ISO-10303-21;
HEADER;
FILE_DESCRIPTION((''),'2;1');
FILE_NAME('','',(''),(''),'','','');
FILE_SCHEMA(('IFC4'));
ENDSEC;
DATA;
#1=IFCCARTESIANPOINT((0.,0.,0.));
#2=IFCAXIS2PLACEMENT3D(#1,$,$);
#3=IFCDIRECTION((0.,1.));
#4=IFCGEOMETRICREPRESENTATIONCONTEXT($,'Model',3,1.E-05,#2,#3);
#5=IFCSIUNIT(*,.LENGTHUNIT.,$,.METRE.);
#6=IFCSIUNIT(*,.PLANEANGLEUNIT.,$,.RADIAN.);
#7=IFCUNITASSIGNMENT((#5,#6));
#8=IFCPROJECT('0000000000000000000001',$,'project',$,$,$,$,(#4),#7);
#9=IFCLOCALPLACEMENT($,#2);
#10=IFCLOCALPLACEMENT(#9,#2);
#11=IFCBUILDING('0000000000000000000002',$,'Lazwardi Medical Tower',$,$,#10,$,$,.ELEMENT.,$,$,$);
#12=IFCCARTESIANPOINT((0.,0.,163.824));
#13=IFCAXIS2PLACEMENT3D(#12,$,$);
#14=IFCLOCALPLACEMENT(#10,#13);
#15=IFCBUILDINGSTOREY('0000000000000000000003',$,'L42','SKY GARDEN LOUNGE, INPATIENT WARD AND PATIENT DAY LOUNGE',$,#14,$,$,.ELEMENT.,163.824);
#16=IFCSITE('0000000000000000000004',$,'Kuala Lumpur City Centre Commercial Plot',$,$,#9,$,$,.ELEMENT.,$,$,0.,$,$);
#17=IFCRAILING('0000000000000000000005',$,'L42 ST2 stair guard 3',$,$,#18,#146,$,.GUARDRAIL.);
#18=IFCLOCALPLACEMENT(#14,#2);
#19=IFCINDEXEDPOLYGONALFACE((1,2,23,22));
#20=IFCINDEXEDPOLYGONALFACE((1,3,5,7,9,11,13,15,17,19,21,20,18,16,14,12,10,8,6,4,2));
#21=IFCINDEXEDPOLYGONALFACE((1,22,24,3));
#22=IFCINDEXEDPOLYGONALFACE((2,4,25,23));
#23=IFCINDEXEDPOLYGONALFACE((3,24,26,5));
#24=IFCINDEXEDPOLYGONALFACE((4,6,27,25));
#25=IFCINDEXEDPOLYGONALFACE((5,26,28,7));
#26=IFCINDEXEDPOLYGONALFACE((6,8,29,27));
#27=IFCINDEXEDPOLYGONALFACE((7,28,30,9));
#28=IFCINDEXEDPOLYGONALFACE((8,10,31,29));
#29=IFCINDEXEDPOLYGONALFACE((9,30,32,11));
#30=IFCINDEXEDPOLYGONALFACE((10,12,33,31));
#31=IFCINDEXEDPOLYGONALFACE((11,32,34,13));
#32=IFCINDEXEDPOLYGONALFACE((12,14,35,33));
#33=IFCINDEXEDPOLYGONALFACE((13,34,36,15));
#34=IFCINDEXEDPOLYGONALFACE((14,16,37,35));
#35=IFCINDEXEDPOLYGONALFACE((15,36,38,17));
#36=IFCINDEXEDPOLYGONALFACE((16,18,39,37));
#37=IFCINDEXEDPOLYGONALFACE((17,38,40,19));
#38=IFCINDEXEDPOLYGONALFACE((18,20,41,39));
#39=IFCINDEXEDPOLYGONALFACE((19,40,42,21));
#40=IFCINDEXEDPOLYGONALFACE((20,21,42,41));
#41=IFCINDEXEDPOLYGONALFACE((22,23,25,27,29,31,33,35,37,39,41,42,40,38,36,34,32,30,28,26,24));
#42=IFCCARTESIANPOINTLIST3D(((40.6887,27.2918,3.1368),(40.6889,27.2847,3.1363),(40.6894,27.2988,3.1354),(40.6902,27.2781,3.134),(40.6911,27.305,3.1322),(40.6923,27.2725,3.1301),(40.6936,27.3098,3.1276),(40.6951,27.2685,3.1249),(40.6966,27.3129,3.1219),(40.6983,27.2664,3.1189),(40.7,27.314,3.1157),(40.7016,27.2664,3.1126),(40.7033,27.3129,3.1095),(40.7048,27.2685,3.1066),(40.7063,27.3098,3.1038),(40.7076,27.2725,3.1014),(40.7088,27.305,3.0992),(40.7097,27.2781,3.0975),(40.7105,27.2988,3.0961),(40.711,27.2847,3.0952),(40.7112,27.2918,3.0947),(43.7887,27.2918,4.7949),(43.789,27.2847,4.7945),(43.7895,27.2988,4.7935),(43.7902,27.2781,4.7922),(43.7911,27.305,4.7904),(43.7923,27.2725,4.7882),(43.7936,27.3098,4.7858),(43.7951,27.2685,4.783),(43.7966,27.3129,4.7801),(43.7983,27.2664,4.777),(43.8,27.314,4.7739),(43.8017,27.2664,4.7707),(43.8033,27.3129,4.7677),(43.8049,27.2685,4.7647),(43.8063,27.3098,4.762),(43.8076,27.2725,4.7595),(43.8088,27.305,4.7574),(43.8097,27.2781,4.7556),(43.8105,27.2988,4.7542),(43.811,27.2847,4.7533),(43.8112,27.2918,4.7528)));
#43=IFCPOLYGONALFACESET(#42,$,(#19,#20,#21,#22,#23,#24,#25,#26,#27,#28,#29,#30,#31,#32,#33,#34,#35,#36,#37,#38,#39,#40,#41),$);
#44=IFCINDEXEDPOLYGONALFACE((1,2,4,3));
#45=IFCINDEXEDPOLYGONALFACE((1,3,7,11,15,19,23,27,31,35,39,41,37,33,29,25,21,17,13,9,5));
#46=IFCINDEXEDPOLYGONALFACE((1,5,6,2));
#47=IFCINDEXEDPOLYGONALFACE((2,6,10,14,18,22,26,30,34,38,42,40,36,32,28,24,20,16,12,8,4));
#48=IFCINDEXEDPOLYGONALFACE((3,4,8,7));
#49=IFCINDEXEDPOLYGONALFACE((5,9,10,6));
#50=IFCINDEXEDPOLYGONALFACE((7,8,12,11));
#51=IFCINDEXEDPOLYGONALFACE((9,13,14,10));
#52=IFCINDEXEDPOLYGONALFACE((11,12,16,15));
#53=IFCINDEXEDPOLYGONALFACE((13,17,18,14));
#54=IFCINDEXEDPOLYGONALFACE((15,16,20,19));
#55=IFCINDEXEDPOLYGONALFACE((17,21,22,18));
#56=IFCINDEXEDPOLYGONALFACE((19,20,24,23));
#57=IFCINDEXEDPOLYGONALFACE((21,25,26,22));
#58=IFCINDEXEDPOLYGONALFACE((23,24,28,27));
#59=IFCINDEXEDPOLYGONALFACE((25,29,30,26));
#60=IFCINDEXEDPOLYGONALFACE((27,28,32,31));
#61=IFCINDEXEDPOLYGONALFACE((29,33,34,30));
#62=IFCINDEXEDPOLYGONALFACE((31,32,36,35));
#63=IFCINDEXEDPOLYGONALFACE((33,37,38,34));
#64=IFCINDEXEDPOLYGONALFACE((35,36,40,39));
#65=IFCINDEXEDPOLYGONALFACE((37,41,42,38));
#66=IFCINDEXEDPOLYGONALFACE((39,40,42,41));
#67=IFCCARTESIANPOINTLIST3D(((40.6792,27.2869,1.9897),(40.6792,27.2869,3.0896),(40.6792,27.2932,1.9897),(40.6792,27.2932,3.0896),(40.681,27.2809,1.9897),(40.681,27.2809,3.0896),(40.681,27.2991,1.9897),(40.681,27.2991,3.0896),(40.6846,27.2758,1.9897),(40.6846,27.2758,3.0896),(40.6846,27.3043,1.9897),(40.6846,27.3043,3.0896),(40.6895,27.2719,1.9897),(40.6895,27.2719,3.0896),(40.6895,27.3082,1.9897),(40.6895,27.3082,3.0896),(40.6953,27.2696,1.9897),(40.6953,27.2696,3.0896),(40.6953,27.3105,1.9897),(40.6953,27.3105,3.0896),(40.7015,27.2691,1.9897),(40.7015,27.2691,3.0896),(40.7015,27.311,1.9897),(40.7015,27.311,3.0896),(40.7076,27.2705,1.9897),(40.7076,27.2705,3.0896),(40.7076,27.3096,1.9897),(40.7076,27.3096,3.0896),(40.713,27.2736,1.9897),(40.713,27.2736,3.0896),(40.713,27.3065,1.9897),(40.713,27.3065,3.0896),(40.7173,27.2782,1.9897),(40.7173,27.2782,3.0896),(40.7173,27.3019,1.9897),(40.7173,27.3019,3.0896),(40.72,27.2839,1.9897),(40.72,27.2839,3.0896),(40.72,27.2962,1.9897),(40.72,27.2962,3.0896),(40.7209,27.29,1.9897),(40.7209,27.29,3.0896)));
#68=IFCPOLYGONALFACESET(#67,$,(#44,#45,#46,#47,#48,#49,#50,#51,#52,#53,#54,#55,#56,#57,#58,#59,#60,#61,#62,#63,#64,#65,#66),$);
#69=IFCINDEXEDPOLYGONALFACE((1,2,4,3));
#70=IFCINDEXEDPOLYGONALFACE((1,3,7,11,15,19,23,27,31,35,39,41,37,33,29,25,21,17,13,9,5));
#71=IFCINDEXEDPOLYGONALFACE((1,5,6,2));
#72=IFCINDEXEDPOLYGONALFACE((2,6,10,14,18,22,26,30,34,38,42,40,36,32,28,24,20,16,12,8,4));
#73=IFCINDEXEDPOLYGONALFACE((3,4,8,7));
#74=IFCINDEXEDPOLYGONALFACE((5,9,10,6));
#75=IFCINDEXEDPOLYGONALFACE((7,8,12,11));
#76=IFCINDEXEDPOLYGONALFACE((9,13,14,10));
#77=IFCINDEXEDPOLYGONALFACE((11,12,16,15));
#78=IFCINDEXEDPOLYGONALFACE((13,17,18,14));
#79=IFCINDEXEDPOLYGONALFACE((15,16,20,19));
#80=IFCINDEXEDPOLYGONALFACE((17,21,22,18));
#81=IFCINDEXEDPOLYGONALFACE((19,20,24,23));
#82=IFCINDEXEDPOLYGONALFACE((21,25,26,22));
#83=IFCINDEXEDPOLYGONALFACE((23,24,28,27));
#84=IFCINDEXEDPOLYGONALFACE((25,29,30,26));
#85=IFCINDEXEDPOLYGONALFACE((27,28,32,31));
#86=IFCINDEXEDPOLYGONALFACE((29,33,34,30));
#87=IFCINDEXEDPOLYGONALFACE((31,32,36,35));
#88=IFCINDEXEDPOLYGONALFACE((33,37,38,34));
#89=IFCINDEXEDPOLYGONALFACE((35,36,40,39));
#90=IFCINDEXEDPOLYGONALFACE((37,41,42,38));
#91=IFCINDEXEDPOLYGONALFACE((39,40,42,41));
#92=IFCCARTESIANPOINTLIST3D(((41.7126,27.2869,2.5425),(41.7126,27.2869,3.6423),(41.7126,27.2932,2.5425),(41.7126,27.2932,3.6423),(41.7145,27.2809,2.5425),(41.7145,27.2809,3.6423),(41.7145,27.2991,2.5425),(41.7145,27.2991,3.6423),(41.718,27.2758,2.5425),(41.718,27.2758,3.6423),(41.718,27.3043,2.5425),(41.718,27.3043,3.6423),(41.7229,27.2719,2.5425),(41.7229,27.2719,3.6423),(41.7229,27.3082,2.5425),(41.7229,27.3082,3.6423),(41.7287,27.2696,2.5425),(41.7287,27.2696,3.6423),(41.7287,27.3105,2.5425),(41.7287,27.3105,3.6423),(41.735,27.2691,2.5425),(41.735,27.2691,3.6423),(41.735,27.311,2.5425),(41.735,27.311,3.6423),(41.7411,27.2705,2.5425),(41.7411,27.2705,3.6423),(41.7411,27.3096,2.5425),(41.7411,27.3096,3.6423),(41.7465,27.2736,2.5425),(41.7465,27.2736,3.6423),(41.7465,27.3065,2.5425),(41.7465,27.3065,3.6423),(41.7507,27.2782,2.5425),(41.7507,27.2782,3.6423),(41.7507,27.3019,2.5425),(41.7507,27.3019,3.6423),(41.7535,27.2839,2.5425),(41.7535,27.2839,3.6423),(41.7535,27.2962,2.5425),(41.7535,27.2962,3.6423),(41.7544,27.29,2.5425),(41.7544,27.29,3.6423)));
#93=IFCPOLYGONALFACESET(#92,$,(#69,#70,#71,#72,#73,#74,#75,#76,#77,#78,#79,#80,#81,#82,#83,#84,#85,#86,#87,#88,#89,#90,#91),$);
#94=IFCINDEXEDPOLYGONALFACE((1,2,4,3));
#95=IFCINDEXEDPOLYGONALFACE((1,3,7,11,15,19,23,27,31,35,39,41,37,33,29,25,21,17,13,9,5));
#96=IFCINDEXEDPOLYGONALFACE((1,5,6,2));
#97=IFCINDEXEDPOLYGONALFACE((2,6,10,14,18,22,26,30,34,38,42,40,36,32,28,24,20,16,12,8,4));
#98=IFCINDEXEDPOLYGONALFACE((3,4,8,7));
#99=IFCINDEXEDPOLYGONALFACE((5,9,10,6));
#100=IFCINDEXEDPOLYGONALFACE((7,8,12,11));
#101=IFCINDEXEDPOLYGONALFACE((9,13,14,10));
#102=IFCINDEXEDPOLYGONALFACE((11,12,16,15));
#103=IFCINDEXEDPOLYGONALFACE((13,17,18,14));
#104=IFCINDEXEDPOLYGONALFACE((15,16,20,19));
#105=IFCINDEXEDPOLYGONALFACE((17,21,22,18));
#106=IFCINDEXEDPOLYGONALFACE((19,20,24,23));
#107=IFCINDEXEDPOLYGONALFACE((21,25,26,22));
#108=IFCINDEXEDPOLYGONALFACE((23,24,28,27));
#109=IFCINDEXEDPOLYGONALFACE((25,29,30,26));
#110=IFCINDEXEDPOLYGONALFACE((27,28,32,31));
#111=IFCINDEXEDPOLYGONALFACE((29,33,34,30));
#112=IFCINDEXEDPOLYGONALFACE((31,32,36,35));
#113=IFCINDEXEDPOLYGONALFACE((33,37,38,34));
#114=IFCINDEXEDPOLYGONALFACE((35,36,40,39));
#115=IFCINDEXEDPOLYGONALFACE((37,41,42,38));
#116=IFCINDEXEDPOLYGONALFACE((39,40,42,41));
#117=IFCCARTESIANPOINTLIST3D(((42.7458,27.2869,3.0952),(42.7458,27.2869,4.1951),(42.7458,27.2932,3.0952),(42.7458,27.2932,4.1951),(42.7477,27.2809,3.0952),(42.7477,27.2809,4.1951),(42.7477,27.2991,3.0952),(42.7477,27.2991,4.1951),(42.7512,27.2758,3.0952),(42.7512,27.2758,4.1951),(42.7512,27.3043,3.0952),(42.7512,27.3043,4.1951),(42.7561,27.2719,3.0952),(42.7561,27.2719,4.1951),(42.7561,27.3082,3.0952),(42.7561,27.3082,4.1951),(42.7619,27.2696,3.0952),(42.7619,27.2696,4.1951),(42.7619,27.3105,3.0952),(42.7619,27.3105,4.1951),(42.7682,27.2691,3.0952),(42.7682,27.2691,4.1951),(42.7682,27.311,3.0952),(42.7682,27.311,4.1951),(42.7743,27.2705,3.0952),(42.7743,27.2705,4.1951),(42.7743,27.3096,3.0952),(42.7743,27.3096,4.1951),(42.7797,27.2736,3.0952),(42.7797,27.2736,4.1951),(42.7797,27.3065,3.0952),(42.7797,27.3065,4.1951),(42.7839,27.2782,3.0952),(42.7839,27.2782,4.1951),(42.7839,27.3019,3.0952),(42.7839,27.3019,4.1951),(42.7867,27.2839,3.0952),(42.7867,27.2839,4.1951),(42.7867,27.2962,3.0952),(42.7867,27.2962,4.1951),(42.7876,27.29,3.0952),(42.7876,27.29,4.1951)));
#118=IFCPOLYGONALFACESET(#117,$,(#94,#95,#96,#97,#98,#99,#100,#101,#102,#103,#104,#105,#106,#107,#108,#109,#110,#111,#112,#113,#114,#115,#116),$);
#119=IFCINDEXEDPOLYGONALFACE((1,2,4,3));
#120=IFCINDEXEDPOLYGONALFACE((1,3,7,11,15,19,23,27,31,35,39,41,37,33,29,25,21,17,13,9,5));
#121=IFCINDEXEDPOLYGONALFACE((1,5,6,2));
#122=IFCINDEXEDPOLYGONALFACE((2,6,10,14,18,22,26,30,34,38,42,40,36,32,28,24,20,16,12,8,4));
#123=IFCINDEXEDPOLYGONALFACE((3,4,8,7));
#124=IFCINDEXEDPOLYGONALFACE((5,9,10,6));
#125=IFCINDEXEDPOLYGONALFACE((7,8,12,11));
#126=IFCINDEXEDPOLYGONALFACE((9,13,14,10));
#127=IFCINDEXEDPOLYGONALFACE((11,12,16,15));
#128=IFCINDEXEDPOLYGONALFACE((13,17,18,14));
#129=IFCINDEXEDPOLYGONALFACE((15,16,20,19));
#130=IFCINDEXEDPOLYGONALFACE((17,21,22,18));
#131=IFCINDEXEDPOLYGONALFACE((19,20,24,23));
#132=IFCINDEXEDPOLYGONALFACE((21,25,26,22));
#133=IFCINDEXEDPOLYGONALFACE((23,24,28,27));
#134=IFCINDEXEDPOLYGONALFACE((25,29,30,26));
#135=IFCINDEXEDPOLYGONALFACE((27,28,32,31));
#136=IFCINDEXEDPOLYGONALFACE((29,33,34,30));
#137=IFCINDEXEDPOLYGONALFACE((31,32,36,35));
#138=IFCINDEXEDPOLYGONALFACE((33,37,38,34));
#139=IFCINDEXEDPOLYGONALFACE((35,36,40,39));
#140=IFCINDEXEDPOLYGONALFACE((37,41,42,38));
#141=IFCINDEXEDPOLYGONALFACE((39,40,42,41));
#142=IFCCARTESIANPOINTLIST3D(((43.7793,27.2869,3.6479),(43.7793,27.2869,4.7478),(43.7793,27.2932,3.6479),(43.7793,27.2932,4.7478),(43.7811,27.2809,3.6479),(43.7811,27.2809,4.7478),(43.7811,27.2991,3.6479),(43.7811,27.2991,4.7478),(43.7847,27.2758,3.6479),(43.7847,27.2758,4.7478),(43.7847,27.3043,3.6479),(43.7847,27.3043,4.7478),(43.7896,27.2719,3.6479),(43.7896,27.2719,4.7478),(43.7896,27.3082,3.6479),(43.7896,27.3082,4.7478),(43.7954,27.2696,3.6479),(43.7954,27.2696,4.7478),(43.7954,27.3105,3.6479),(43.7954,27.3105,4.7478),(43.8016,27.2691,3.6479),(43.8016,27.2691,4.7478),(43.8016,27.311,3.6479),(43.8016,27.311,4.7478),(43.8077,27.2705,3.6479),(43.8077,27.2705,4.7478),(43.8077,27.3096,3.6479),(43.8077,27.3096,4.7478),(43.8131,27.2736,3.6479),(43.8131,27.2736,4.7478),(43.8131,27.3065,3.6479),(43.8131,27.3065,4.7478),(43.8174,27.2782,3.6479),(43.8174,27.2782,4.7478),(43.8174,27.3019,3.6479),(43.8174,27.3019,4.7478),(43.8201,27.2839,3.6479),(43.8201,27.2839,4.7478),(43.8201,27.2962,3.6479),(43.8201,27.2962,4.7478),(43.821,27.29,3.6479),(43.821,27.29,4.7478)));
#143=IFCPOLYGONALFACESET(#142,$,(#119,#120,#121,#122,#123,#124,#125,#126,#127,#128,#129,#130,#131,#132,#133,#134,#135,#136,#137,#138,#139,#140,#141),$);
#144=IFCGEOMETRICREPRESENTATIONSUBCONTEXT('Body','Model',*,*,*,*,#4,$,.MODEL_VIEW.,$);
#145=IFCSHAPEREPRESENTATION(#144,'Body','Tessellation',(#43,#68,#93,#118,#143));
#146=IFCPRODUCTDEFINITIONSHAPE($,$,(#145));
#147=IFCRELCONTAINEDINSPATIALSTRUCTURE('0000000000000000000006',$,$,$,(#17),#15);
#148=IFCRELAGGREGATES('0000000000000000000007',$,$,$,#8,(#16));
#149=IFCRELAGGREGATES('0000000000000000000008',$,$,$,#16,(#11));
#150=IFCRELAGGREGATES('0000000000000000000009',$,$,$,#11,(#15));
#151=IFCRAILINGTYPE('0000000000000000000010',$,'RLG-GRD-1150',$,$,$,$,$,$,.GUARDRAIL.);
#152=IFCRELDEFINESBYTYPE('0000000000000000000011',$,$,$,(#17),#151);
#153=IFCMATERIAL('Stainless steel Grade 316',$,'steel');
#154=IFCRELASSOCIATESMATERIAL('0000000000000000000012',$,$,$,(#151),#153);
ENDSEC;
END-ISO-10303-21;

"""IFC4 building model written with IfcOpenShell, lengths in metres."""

from ifc_helpers import new_model, si_unit, direction, frame, origin, origin_2d, place, context, subcontext, project, spatial, circle, extrude, material, type_object, element, save


model = new_model("IFC4")

# Units and contexts
model_context = context("Model", 3, precision=1e-05, world=origin(), true_north=direction((0.0, 1.0)))
body_context = subcontext(model_context, "Body", "Model", "MODEL_VIEW")
ifc_project = project(units=[si_unit("LENGTHUNIT", "METRE"), si_unit("PLANEANGLEUNIT", "RADIAN")], contexts=[model_context])

# Site, building, storey
site_placement = place(None, origin())
site = spatial("IfcSite", under=ifc_project, at=site_placement, Name="Kuala Lumpur City Centre Commercial Plot", CompositionType="ELEMENT", RefElevation=0.0)
building_placement = place(site_placement, origin())
building = spatial("IfcBuilding", under=site, at=building_placement, Name="Lazwardi Medical Tower", CompositionType="ELEMENT")
storey_placement = place(building_placement, frame((0.0, 0.0, 163.824)))
storey = spatial("IfcBuildingStorey", under=building, at=storey_placement, Name="L42", Description="SKY GARDEN LOUNGE, INPATIENT WARD AND PATIENT DAY LOUNGE", CompositionType="ELEMENT", Elevation=163.824)

# Railing
ifc_material_1 = material(Name="Stainless steel Grade 316", Category="steel")
railing_type_1 = type_object("IfcRailingType", Name="RLG-GRD-1150", PredefinedType="GUARDRAIL", material=ifc_material_1)
railing_1_placement = place(storey_placement, frame((40.7, 27.29, 1.9897)))
element("IfcRailing", 1, at=railing_1_placement, inside=storey, type_object=railing_type_1, Name="L42 ST2 stair guard 3", PredefinedType="GUARDRAIL", context=body_context, shape_type="SweptSolid", body=[
    extrude(circle(Radius=0.0239, at=origin_2d()), frame((0.0, 0.0, 1.126), z_axis=(0.881783, 0.0, 0.471655), x_axis=(0.0, 1.0, 0.0)), (0.0, 0.0, 1.0), 3.5156),
    extrude(circle(Radius=0.021, at=origin_2d()), origin(), (0.0, 0.0, 1.0), 1.0999),
    extrude(circle(Radius=0.021, at=origin_2d()), frame((1.0334, 0.0, 0.5527)), (0.0, 0.0, 1.0), 1.0999),
    extrude(circle(Radius=0.021, at=origin_2d()), frame((2.0667, 0.0, 1.1055)), (0.0, 0.0, 1.0), 1.0999),
    extrude(circle(Radius=0.021, at=origin_2d()), frame((3.1001, 0.0, 1.6582)), (0.0, 0.0, 1.0), 1.0999),
])

save(model, "model.ifc")
